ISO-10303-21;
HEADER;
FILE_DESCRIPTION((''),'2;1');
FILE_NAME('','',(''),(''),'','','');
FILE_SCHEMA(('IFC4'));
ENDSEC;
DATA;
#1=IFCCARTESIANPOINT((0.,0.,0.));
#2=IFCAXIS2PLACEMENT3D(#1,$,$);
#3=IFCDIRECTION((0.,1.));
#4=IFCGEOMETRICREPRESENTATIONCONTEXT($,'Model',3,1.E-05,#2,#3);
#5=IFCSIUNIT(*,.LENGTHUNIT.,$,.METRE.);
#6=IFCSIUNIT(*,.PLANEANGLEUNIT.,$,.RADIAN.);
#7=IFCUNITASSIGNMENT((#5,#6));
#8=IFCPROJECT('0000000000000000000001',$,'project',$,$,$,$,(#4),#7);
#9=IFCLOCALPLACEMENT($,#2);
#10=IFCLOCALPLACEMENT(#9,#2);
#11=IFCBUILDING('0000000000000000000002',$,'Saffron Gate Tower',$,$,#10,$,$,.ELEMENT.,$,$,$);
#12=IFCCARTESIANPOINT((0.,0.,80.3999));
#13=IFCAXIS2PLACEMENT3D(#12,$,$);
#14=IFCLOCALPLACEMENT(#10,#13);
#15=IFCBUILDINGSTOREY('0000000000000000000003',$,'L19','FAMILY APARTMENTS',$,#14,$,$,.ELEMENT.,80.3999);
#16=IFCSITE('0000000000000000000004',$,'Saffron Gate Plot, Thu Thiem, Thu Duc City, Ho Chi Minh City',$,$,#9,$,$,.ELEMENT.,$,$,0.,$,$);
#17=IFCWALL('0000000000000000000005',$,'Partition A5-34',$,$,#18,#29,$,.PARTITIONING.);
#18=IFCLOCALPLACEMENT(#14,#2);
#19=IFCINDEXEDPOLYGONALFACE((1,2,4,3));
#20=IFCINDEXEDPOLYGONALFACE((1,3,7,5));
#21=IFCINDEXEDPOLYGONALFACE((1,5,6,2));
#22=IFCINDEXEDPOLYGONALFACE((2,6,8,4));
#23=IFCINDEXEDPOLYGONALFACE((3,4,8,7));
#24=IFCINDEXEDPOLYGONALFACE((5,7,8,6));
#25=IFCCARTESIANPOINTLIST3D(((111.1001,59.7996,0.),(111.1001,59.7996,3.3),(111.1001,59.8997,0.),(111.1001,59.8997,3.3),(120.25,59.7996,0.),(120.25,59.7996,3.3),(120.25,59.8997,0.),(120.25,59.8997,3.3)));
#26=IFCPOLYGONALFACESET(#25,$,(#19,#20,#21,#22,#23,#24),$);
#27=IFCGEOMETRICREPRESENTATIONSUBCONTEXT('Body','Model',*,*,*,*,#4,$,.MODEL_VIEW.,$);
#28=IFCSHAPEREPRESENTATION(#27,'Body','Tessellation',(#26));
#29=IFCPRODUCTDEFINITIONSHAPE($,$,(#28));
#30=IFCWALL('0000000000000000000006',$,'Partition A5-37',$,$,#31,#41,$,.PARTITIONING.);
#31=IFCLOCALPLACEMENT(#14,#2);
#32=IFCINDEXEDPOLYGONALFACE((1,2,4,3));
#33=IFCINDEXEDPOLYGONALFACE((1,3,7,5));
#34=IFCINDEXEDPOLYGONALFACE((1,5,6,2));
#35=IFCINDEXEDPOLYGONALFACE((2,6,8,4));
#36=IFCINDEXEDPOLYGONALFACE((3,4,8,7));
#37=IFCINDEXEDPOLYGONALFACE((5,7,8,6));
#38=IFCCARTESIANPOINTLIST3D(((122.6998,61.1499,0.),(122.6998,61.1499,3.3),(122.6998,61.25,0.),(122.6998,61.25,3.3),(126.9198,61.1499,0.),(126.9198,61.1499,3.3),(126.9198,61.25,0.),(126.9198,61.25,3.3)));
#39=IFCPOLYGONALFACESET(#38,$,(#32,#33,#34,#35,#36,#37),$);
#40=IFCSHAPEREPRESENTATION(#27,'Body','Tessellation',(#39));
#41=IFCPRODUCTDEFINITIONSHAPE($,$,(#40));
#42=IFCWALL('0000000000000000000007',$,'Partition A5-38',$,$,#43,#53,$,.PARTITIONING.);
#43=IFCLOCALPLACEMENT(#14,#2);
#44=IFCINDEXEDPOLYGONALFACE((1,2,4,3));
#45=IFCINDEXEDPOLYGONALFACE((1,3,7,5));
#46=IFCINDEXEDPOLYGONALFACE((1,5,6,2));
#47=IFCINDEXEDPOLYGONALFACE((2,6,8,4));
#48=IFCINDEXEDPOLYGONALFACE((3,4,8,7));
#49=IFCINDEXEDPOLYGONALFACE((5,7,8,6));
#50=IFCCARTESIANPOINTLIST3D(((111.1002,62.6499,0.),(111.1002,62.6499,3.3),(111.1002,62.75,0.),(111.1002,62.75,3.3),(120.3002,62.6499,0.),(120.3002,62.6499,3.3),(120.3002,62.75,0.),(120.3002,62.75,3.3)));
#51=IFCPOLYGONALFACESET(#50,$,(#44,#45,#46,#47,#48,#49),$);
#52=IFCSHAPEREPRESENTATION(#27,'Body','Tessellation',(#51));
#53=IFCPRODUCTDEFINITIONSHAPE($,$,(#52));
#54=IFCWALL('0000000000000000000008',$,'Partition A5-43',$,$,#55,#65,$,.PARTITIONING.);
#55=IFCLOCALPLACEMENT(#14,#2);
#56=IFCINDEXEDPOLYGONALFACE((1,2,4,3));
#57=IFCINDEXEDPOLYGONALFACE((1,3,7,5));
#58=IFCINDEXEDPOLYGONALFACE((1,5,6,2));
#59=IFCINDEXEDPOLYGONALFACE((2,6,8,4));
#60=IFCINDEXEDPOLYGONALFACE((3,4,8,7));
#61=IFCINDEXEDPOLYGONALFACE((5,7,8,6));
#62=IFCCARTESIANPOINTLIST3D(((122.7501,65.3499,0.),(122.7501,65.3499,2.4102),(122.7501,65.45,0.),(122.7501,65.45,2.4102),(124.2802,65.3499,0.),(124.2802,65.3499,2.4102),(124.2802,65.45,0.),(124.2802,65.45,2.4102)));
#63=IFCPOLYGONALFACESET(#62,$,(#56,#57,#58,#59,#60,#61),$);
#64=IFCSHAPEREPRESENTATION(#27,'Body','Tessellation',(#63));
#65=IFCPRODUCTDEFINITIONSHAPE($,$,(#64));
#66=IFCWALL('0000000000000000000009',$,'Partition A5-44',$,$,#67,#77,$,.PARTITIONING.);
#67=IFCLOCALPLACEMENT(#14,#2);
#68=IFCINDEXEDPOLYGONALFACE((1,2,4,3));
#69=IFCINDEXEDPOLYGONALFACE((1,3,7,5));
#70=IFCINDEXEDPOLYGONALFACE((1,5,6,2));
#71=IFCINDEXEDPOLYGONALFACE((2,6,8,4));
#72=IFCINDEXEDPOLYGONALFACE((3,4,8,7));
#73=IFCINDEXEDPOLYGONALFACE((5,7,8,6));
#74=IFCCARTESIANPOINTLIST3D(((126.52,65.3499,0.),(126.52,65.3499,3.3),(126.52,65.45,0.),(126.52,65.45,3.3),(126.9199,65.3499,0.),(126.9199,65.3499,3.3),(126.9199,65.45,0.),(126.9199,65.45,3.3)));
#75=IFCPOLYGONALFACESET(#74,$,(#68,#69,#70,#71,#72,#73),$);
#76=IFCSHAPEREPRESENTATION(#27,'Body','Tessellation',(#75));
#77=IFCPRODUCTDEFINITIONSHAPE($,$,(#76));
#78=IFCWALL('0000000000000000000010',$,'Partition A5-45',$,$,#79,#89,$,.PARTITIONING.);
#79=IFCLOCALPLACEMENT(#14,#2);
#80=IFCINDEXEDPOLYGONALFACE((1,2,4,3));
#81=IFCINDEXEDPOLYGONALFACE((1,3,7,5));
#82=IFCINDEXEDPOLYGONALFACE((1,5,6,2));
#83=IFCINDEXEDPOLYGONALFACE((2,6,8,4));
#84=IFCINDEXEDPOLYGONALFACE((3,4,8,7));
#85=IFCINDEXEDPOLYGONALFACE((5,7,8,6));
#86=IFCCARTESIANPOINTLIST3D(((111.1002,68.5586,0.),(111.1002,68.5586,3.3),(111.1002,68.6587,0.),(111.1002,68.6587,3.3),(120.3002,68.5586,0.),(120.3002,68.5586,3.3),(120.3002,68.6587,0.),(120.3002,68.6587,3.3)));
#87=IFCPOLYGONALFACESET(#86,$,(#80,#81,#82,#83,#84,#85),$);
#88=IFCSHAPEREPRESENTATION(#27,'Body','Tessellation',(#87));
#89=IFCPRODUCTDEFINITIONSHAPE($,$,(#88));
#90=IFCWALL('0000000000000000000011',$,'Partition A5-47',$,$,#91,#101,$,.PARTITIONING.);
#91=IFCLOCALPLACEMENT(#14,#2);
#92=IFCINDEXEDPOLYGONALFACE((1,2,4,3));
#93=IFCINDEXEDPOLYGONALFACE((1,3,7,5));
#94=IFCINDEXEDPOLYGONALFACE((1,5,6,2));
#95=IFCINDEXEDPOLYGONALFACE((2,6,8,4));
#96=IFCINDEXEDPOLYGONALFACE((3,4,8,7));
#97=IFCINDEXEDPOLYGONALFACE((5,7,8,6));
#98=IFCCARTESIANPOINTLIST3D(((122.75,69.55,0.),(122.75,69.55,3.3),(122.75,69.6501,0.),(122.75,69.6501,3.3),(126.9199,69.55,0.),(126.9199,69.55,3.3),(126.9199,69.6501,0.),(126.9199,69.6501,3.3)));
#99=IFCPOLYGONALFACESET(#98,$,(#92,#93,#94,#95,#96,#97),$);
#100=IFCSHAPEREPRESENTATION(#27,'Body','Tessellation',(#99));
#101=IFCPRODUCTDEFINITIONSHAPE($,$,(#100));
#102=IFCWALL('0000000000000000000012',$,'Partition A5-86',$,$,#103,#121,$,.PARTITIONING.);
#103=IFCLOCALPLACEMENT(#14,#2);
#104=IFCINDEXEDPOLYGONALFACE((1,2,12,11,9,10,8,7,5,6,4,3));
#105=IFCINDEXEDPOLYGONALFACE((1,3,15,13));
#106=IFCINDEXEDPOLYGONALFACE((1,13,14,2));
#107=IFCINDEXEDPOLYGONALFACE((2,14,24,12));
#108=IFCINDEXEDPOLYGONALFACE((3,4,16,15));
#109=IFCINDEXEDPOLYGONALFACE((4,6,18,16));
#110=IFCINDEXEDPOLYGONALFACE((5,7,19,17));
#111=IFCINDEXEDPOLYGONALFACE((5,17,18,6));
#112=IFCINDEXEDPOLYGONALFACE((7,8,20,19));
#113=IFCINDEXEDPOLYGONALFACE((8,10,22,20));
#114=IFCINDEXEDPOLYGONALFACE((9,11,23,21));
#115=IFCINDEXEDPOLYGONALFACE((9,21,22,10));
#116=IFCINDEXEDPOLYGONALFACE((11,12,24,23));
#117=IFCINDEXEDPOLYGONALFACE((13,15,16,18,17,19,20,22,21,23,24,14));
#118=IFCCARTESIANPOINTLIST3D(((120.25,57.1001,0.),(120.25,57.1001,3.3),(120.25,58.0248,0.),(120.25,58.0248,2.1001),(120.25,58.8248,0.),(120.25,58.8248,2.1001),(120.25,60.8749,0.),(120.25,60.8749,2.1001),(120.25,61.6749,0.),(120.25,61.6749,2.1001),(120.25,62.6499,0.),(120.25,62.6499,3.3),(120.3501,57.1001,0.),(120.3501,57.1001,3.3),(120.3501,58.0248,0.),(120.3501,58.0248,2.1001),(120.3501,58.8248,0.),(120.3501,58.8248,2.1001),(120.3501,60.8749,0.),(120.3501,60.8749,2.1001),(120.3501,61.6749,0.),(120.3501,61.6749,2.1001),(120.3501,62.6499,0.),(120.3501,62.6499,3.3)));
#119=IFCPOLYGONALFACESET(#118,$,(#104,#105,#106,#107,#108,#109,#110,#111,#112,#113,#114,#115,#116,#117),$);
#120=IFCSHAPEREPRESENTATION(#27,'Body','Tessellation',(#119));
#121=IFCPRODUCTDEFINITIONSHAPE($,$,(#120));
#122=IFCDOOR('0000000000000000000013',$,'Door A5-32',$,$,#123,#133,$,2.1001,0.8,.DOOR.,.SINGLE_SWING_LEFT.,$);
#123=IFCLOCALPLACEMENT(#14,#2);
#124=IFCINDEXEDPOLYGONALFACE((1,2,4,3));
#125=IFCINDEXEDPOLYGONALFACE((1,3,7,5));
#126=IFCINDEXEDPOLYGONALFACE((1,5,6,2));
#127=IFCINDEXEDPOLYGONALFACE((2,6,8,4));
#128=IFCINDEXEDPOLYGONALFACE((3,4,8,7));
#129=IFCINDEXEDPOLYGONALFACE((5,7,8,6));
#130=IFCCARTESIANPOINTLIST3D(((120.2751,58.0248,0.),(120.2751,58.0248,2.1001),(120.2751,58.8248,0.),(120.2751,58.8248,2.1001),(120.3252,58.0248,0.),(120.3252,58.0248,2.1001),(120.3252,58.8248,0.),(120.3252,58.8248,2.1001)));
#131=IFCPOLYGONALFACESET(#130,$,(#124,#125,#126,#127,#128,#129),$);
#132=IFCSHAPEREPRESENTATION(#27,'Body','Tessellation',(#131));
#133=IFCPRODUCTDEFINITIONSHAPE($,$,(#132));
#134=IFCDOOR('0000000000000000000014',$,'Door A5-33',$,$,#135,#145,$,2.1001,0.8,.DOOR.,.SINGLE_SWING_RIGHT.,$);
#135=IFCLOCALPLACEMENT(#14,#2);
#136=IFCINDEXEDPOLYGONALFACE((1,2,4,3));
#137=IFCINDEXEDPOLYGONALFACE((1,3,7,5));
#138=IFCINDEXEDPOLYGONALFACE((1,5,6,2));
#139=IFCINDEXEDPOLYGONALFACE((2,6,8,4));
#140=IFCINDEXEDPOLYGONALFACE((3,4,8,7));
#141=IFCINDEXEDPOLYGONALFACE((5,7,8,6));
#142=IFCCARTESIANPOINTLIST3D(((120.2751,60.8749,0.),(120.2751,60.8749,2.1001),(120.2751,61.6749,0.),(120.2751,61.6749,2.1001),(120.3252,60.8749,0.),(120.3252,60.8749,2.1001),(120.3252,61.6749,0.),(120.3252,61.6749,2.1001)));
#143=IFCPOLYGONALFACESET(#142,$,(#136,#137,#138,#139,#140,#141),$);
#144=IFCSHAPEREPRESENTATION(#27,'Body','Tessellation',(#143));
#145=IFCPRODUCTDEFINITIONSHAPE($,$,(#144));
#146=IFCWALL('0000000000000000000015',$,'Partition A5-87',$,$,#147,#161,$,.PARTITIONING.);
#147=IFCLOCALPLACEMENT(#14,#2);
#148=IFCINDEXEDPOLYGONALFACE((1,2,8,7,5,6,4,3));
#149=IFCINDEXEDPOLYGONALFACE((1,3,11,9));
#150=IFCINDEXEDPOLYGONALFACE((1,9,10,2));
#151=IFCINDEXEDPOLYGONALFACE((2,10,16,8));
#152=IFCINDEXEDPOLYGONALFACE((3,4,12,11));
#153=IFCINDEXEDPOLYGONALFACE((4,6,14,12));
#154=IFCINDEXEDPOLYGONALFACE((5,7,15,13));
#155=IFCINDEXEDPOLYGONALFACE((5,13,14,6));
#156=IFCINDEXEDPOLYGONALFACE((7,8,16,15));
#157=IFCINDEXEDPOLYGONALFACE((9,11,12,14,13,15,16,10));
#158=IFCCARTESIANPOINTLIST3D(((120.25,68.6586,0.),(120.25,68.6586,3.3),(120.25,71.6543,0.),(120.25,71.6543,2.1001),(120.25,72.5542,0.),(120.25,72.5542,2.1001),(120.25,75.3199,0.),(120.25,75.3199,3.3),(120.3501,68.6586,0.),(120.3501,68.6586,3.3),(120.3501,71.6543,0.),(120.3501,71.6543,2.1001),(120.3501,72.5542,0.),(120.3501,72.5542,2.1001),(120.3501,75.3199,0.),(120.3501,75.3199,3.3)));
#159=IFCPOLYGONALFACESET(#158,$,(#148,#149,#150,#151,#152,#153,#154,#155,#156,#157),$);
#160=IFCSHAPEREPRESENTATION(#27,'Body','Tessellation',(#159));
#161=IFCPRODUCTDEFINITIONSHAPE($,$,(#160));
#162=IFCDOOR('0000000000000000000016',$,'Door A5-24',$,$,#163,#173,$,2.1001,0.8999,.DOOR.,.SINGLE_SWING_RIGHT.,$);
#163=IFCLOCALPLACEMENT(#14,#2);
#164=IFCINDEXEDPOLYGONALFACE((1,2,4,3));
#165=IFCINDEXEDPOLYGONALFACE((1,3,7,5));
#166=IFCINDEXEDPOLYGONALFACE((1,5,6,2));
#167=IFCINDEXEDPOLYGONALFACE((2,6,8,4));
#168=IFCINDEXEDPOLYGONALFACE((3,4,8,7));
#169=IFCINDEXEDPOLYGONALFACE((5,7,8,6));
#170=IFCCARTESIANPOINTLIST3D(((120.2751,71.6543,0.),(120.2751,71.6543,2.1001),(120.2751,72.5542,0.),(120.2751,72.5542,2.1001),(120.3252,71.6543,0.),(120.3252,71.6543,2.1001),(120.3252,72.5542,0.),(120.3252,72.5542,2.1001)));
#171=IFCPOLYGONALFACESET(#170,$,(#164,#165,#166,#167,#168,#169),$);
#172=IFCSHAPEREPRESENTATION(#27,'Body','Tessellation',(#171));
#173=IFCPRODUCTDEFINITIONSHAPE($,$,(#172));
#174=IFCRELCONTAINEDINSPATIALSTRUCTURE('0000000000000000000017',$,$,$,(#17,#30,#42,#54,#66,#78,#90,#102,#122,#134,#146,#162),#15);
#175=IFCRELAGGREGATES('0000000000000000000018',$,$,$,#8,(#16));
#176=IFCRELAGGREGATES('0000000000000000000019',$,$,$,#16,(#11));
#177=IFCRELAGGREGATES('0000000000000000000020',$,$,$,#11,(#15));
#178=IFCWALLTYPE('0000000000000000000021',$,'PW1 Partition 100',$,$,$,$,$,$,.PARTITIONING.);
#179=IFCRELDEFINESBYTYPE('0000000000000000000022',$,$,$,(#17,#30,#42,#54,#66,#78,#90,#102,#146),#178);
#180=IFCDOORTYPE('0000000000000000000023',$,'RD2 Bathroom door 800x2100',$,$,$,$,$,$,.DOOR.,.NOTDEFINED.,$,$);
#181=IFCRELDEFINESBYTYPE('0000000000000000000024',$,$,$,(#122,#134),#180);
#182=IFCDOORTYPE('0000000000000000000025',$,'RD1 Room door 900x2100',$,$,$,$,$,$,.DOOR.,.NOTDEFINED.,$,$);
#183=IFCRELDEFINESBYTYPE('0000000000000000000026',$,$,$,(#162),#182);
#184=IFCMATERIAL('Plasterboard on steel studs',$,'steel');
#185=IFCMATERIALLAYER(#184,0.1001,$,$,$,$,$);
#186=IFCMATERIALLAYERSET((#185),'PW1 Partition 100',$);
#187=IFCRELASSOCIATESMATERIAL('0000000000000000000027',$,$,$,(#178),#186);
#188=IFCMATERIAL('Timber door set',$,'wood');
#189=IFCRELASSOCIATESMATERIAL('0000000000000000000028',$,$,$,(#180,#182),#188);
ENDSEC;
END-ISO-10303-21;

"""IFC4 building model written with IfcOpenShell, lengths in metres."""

from ifc_helpers import new_model, si_unit, direction, frame, frame_2d, origin, place, context, subcontext, project, spatial, rectangle, extrude, material, layer, layer_set, type_object, element, fill, save


model = new_model("IFC4")

# Units and contexts
model_context = context("Model", 3, precision=1e-05, world=origin(), true_north=direction((0.0, 1.0)))
body_context = subcontext(model_context, "Body", "Model", "MODEL_VIEW")
ifc_project = project(units=[si_unit("LENGTHUNIT", "METRE"), si_unit("PLANEANGLEUNIT", "RADIAN")], contexts=[model_context])

# Site, building, storey
site_placement = place(None, origin())
site = spatial("IfcSite", under=ifc_project, at=site_placement, Name="Saffron Gate Plot, Thu Thiem, Thu Duc City, Ho Chi Minh City", CompositionType="ELEMENT", RefElevation=0.0)
building_placement = place(site_placement, origin())
building = spatial("IfcBuilding", under=site, at=building_placement, Name="Saffron Gate Tower", CompositionType="ELEMENT")
storey_placement = place(building_placement, frame((0.0, 0.0, 80.3999)))
storey = spatial("IfcBuildingStorey", under=building, at=storey_placement, Name="L19", Description="FAMILY APARTMENTS", CompositionType="ELEMENT", Elevation=80.3999)

# Walls
ifc_material_1 = material(Name="Plasterboard on steel studs", Category="steel")
ifc_layer_1 = layer(ifc_material_1, 0.1001)
ifc_layer_set_1 = layer_set([ifc_layer_1], Name="PW1 Partition 100")
wall_type_1 = type_object("IfcWallType", Name="PW1 Partition 100", PredefinedType="PARTITIONING", material=ifc_layer_set_1)
wall_1_placement = place(storey_placement, frame((111.1001, 59.8496, 0.0), z_axis=(0.0, 0.0, 1.0), x_axis=(1.0, 0.0, 0.0)))
element("IfcWall", 1, at=wall_1_placement, inside=storey, type_object=wall_type_1, Name="Partition A5-34", PredefinedType="PARTITIONING", context=body_context, shape_type="SweptSolid", body=[
    extrude(rectangle(XDim=9.1499, YDim=0.1001, at=frame_2d((4.575, 0.0))), origin(), (0.0, 0.0, 1.0), 3.3),
])
wall_2_placement = place(storey_placement, frame((122.7, 61.2, 0.0), z_axis=(0.0, 0.0, 1.0), x_axis=(1.0, 0.0, 0.0)))
element("IfcWall", 2, at=wall_2_placement, inside=storey, type_object=wall_type_1, Name="Partition A5-37", PredefinedType="PARTITIONING", context=body_context, shape_type="SweptSolid", body=[
    extrude(rectangle(XDim=4.22, YDim=0.1001, at=frame_2d((2.1099, 0.0))), origin(), (0.0, 0.0, 1.0), 3.3),
])
wall_3_placement = place(storey_placement, frame((111.1001, 62.7, 0.0), z_axis=(0.0, 0.0, 1.0), x_axis=(1.0, 0.0, 0.0)))
element("IfcWall", 3, at=wall_3_placement, inside=storey, type_object=wall_type_1, Name="Partition A5-38", PredefinedType="PARTITIONING", context=body_context, shape_type="SweptSolid", body=[
    extrude(rectangle(XDim=9.2, YDim=0.1001, at=frame_2d((4.6001, 0.0))), origin(), (0.0, 0.0, 1.0), 3.3),
])
wall_4_placement = place(storey_placement, frame((122.75, 65.3999, 0.0), z_axis=(0.0, 0.0, 1.0), x_axis=(1.0, 0.0, 0.0)))
element("IfcWall", 4, at=wall_4_placement, inside=storey, type_object=wall_type_1, Name="Partition A5-43", PredefinedType="PARTITIONING", context=body_context, shape_type="SweptSolid", body=[
    extrude(rectangle(XDim=1.53, YDim=0.1001, at=frame_2d((0.7651, 0.0))), origin(), (0.0, 0.0, 1.0), 2.4102),
])
wall_5_placement = place(storey_placement, frame((126.52, 65.3999, 0.0), z_axis=(0.0, 0.0, 1.0), x_axis=(1.0, 0.0, 0.0)))
element("IfcWall", 5, at=wall_5_placement, inside=storey, type_object=wall_type_1, Name="Partition A5-44", PredefinedType="PARTITIONING", context=body_context, shape_type="SweptSolid", body=[
    extrude(rectangle(XDim=0.3999, YDim=0.1001, at=frame_2d((0.2, 0.0))), origin(), (0.0, 0.0, 1.0), 3.3),
])
wall_6_placement = place(storey_placement, frame((111.1001, 68.6086, 0.0), z_axis=(0.0, 0.0, 1.0), x_axis=(1.0, 0.0, 0.0)))
element("IfcWall", 6, at=wall_6_placement, inside=storey, type_object=wall_type_1, Name="Partition A5-45", PredefinedType="PARTITIONING", context=body_context, shape_type="SweptSolid", body=[
    extrude(rectangle(XDim=9.2, YDim=0.1001, at=frame_2d((4.6001, 0.0))), origin(), (0.0, 0.0, 1.0), 3.3),
])
wall_7_placement = place(storey_placement, frame((122.75, 69.6001, 0.0), z_axis=(0.0, 0.0, 1.0), x_axis=(1.0, 0.0, 0.0)))
element("IfcWall", 7, at=wall_7_placement, inside=storey, type_object=wall_type_1, Name="Partition A5-47", PredefinedType="PARTITIONING", context=body_context, shape_type="SweptSolid", body=[
    extrude(rectangle(XDim=4.1699, YDim=0.1001, at=frame_2d((2.085, 0.0))), origin(), (0.0, 0.0, 1.0), 3.3),
])

# Wall, openings, doors
wall_8_placement = place(storey_placement, frame((120.3, 57.1001, 0.0), z_axis=(0.0, 0.0, 1.0), x_axis=(0.0, 1.0, 0.0)))
wall_8 = element("IfcWall", 8, at=wall_8_placement, inside=storey, type_object=wall_type_1, Name="Partition A5-86", PredefinedType="PARTITIONING", context=body_context, shape_type="SweptSolid", body=[
    extrude(rectangle(XDim=5.5498, YDim=0.1001, at=frame_2d((2.7749, 0.0))), origin(), (0.0, 0.0, 1.0), 3.3),
])
opening_1_placement = place(wall_8_placement, frame((0.9248, 0.0, 0.0)))
opening_1 = element("IfcOpeningElement", 9, at=opening_1_placement, cuts=wall_8, PredefinedType="OPENING", context=body_context, shape_type="SweptSolid", body=[
    extrude(rectangle(XDim=0.8, YDim=2.1001, at=frame_2d((0.3999, 1.05))), frame((0.0, 0.0601, 0.0), z_axis=(0.0, -1.0, 0.0), x_axis=(1.0, 0.0, 0.0)), (0.0, 0.0, 1.0), 0.1201),
])
opening_2_placement = place(wall_8_placement, frame((3.7749, 0.0, 0.0)))
opening_2 = element("IfcOpeningElement", 10, at=opening_2_placement, cuts=wall_8, PredefinedType="OPENING", context=body_context, shape_type="SweptSolid", body=[
    extrude(rectangle(XDim=0.8, YDim=2.1001, at=frame_2d((0.3999, 1.05))), frame((0.0, 0.0601, 0.0), z_axis=(0.0, -1.0, 0.0), x_axis=(1.0, 0.0, 0.0)), (0.0, 0.0, 1.0), 0.1201),
])
ifc_material_2 = material(Name="Timber door set", Category="wood")
door_type_1 = type_object("IfcDoorType", Name="RD2 Bathroom door 800x2100", OperationType="NOTDEFINED", PredefinedType="DOOR", material=ifc_material_2)
door_1_placement = place(opening_1_placement, origin())
door_1 = element("IfcDoor", 11, at=door_1_placement, inside=storey, type_object=door_type_1, Name="Door A5-32", OperationType="SINGLE_SWING_LEFT", OverallHeight=2.1001, OverallWidth=0.8, PredefinedType="DOOR", context=body_context, shape_type="SweptSolid", body=[
    extrude(rectangle(XDim=0.8, YDim=2.1001, at=frame_2d((0.3999, 1.05))), frame((0.0, 0.0249, 0.0), z_axis=(0.0, -1.0, 0.0), x_axis=(1.0, 0.0, 0.0)), (0.0, 0.0, 1.0), 0.05),
])
fill(opening_1, door_1)
door_2_placement = place(opening_2_placement, origin())
door_2 = element("IfcDoor", 12, at=door_2_placement, inside=storey, type_object=door_type_1, Name="Door A5-33", OperationType="SINGLE_SWING_RIGHT", OverallHeight=2.1001, OverallWidth=0.8, PredefinedType="DOOR", context=body_context, shape_type="SweptSolid", body=[
    extrude(rectangle(XDim=0.8, YDim=2.1001, at=frame_2d((0.3999, 1.05))), frame((0.0, 0.0249, 0.0), z_axis=(0.0, -1.0, 0.0), x_axis=(1.0, 0.0, 0.0)), (0.0, 0.0, 1.0), 0.05),
])
fill(opening_2, door_2)

# Wall, opening, door
wall_9_placement = place(storey_placement, frame((120.3, 68.6587, 0.0), z_axis=(0.0, 0.0, 1.0), x_axis=(0.0, 1.0, 0.0)))
wall_9 = element("IfcWall", 13, at=wall_9_placement, inside=storey, type_object=wall_type_1, Name="Partition A5-87", PredefinedType="PARTITIONING", context=body_context, shape_type="SweptSolid", body=[
    extrude(rectangle(XDim=6.6614, YDim=0.1001, at=frame_2d((3.3306, 0.0))), origin(), (0.0, 0.0, 1.0), 3.3),
])
opening_3_placement = place(wall_9_placement, frame((2.9956, 0.0, 0.0)))
opening_3 = element("IfcOpeningElement", 14, at=opening_3_placement, cuts=wall_9, PredefinedType="OPENING", context=body_context, shape_type="SweptSolid", body=[
    extrude(rectangle(XDim=0.8999, YDim=2.1001, at=frame_2d((0.45, 1.05))), frame((0.0, 0.0601, 0.0), z_axis=(0.0, -1.0, 0.0), x_axis=(1.0, 0.0, 0.0)), (0.0, 0.0, 1.0), 0.1201),
])
door_type_2 = type_object("IfcDoorType", Name="RD1 Room door 900x2100", OperationType="NOTDEFINED", PredefinedType="DOOR", material=ifc_material_2)
door_3_placement = place(opening_3_placement, origin())
door_3 = element("IfcDoor", 15, at=door_3_placement, inside=storey, type_object=door_type_2, Name="Door A5-24", OperationType="SINGLE_SWING_RIGHT", OverallHeight=2.1001, OverallWidth=0.8999, PredefinedType="DOOR", context=body_context, shape_type="SweptSolid", body=[
    extrude(rectangle(XDim=0.8999, YDim=2.1001, at=frame_2d((0.45, 1.05))), frame((0.0, 0.0249, 0.0), z_axis=(0.0, -1.0, 0.0), x_axis=(1.0, 0.0, 0.0)), (0.0, 0.0, 1.0), 0.05),
])
fill(opening_3, door_3)

save(model, "model.ifc")
